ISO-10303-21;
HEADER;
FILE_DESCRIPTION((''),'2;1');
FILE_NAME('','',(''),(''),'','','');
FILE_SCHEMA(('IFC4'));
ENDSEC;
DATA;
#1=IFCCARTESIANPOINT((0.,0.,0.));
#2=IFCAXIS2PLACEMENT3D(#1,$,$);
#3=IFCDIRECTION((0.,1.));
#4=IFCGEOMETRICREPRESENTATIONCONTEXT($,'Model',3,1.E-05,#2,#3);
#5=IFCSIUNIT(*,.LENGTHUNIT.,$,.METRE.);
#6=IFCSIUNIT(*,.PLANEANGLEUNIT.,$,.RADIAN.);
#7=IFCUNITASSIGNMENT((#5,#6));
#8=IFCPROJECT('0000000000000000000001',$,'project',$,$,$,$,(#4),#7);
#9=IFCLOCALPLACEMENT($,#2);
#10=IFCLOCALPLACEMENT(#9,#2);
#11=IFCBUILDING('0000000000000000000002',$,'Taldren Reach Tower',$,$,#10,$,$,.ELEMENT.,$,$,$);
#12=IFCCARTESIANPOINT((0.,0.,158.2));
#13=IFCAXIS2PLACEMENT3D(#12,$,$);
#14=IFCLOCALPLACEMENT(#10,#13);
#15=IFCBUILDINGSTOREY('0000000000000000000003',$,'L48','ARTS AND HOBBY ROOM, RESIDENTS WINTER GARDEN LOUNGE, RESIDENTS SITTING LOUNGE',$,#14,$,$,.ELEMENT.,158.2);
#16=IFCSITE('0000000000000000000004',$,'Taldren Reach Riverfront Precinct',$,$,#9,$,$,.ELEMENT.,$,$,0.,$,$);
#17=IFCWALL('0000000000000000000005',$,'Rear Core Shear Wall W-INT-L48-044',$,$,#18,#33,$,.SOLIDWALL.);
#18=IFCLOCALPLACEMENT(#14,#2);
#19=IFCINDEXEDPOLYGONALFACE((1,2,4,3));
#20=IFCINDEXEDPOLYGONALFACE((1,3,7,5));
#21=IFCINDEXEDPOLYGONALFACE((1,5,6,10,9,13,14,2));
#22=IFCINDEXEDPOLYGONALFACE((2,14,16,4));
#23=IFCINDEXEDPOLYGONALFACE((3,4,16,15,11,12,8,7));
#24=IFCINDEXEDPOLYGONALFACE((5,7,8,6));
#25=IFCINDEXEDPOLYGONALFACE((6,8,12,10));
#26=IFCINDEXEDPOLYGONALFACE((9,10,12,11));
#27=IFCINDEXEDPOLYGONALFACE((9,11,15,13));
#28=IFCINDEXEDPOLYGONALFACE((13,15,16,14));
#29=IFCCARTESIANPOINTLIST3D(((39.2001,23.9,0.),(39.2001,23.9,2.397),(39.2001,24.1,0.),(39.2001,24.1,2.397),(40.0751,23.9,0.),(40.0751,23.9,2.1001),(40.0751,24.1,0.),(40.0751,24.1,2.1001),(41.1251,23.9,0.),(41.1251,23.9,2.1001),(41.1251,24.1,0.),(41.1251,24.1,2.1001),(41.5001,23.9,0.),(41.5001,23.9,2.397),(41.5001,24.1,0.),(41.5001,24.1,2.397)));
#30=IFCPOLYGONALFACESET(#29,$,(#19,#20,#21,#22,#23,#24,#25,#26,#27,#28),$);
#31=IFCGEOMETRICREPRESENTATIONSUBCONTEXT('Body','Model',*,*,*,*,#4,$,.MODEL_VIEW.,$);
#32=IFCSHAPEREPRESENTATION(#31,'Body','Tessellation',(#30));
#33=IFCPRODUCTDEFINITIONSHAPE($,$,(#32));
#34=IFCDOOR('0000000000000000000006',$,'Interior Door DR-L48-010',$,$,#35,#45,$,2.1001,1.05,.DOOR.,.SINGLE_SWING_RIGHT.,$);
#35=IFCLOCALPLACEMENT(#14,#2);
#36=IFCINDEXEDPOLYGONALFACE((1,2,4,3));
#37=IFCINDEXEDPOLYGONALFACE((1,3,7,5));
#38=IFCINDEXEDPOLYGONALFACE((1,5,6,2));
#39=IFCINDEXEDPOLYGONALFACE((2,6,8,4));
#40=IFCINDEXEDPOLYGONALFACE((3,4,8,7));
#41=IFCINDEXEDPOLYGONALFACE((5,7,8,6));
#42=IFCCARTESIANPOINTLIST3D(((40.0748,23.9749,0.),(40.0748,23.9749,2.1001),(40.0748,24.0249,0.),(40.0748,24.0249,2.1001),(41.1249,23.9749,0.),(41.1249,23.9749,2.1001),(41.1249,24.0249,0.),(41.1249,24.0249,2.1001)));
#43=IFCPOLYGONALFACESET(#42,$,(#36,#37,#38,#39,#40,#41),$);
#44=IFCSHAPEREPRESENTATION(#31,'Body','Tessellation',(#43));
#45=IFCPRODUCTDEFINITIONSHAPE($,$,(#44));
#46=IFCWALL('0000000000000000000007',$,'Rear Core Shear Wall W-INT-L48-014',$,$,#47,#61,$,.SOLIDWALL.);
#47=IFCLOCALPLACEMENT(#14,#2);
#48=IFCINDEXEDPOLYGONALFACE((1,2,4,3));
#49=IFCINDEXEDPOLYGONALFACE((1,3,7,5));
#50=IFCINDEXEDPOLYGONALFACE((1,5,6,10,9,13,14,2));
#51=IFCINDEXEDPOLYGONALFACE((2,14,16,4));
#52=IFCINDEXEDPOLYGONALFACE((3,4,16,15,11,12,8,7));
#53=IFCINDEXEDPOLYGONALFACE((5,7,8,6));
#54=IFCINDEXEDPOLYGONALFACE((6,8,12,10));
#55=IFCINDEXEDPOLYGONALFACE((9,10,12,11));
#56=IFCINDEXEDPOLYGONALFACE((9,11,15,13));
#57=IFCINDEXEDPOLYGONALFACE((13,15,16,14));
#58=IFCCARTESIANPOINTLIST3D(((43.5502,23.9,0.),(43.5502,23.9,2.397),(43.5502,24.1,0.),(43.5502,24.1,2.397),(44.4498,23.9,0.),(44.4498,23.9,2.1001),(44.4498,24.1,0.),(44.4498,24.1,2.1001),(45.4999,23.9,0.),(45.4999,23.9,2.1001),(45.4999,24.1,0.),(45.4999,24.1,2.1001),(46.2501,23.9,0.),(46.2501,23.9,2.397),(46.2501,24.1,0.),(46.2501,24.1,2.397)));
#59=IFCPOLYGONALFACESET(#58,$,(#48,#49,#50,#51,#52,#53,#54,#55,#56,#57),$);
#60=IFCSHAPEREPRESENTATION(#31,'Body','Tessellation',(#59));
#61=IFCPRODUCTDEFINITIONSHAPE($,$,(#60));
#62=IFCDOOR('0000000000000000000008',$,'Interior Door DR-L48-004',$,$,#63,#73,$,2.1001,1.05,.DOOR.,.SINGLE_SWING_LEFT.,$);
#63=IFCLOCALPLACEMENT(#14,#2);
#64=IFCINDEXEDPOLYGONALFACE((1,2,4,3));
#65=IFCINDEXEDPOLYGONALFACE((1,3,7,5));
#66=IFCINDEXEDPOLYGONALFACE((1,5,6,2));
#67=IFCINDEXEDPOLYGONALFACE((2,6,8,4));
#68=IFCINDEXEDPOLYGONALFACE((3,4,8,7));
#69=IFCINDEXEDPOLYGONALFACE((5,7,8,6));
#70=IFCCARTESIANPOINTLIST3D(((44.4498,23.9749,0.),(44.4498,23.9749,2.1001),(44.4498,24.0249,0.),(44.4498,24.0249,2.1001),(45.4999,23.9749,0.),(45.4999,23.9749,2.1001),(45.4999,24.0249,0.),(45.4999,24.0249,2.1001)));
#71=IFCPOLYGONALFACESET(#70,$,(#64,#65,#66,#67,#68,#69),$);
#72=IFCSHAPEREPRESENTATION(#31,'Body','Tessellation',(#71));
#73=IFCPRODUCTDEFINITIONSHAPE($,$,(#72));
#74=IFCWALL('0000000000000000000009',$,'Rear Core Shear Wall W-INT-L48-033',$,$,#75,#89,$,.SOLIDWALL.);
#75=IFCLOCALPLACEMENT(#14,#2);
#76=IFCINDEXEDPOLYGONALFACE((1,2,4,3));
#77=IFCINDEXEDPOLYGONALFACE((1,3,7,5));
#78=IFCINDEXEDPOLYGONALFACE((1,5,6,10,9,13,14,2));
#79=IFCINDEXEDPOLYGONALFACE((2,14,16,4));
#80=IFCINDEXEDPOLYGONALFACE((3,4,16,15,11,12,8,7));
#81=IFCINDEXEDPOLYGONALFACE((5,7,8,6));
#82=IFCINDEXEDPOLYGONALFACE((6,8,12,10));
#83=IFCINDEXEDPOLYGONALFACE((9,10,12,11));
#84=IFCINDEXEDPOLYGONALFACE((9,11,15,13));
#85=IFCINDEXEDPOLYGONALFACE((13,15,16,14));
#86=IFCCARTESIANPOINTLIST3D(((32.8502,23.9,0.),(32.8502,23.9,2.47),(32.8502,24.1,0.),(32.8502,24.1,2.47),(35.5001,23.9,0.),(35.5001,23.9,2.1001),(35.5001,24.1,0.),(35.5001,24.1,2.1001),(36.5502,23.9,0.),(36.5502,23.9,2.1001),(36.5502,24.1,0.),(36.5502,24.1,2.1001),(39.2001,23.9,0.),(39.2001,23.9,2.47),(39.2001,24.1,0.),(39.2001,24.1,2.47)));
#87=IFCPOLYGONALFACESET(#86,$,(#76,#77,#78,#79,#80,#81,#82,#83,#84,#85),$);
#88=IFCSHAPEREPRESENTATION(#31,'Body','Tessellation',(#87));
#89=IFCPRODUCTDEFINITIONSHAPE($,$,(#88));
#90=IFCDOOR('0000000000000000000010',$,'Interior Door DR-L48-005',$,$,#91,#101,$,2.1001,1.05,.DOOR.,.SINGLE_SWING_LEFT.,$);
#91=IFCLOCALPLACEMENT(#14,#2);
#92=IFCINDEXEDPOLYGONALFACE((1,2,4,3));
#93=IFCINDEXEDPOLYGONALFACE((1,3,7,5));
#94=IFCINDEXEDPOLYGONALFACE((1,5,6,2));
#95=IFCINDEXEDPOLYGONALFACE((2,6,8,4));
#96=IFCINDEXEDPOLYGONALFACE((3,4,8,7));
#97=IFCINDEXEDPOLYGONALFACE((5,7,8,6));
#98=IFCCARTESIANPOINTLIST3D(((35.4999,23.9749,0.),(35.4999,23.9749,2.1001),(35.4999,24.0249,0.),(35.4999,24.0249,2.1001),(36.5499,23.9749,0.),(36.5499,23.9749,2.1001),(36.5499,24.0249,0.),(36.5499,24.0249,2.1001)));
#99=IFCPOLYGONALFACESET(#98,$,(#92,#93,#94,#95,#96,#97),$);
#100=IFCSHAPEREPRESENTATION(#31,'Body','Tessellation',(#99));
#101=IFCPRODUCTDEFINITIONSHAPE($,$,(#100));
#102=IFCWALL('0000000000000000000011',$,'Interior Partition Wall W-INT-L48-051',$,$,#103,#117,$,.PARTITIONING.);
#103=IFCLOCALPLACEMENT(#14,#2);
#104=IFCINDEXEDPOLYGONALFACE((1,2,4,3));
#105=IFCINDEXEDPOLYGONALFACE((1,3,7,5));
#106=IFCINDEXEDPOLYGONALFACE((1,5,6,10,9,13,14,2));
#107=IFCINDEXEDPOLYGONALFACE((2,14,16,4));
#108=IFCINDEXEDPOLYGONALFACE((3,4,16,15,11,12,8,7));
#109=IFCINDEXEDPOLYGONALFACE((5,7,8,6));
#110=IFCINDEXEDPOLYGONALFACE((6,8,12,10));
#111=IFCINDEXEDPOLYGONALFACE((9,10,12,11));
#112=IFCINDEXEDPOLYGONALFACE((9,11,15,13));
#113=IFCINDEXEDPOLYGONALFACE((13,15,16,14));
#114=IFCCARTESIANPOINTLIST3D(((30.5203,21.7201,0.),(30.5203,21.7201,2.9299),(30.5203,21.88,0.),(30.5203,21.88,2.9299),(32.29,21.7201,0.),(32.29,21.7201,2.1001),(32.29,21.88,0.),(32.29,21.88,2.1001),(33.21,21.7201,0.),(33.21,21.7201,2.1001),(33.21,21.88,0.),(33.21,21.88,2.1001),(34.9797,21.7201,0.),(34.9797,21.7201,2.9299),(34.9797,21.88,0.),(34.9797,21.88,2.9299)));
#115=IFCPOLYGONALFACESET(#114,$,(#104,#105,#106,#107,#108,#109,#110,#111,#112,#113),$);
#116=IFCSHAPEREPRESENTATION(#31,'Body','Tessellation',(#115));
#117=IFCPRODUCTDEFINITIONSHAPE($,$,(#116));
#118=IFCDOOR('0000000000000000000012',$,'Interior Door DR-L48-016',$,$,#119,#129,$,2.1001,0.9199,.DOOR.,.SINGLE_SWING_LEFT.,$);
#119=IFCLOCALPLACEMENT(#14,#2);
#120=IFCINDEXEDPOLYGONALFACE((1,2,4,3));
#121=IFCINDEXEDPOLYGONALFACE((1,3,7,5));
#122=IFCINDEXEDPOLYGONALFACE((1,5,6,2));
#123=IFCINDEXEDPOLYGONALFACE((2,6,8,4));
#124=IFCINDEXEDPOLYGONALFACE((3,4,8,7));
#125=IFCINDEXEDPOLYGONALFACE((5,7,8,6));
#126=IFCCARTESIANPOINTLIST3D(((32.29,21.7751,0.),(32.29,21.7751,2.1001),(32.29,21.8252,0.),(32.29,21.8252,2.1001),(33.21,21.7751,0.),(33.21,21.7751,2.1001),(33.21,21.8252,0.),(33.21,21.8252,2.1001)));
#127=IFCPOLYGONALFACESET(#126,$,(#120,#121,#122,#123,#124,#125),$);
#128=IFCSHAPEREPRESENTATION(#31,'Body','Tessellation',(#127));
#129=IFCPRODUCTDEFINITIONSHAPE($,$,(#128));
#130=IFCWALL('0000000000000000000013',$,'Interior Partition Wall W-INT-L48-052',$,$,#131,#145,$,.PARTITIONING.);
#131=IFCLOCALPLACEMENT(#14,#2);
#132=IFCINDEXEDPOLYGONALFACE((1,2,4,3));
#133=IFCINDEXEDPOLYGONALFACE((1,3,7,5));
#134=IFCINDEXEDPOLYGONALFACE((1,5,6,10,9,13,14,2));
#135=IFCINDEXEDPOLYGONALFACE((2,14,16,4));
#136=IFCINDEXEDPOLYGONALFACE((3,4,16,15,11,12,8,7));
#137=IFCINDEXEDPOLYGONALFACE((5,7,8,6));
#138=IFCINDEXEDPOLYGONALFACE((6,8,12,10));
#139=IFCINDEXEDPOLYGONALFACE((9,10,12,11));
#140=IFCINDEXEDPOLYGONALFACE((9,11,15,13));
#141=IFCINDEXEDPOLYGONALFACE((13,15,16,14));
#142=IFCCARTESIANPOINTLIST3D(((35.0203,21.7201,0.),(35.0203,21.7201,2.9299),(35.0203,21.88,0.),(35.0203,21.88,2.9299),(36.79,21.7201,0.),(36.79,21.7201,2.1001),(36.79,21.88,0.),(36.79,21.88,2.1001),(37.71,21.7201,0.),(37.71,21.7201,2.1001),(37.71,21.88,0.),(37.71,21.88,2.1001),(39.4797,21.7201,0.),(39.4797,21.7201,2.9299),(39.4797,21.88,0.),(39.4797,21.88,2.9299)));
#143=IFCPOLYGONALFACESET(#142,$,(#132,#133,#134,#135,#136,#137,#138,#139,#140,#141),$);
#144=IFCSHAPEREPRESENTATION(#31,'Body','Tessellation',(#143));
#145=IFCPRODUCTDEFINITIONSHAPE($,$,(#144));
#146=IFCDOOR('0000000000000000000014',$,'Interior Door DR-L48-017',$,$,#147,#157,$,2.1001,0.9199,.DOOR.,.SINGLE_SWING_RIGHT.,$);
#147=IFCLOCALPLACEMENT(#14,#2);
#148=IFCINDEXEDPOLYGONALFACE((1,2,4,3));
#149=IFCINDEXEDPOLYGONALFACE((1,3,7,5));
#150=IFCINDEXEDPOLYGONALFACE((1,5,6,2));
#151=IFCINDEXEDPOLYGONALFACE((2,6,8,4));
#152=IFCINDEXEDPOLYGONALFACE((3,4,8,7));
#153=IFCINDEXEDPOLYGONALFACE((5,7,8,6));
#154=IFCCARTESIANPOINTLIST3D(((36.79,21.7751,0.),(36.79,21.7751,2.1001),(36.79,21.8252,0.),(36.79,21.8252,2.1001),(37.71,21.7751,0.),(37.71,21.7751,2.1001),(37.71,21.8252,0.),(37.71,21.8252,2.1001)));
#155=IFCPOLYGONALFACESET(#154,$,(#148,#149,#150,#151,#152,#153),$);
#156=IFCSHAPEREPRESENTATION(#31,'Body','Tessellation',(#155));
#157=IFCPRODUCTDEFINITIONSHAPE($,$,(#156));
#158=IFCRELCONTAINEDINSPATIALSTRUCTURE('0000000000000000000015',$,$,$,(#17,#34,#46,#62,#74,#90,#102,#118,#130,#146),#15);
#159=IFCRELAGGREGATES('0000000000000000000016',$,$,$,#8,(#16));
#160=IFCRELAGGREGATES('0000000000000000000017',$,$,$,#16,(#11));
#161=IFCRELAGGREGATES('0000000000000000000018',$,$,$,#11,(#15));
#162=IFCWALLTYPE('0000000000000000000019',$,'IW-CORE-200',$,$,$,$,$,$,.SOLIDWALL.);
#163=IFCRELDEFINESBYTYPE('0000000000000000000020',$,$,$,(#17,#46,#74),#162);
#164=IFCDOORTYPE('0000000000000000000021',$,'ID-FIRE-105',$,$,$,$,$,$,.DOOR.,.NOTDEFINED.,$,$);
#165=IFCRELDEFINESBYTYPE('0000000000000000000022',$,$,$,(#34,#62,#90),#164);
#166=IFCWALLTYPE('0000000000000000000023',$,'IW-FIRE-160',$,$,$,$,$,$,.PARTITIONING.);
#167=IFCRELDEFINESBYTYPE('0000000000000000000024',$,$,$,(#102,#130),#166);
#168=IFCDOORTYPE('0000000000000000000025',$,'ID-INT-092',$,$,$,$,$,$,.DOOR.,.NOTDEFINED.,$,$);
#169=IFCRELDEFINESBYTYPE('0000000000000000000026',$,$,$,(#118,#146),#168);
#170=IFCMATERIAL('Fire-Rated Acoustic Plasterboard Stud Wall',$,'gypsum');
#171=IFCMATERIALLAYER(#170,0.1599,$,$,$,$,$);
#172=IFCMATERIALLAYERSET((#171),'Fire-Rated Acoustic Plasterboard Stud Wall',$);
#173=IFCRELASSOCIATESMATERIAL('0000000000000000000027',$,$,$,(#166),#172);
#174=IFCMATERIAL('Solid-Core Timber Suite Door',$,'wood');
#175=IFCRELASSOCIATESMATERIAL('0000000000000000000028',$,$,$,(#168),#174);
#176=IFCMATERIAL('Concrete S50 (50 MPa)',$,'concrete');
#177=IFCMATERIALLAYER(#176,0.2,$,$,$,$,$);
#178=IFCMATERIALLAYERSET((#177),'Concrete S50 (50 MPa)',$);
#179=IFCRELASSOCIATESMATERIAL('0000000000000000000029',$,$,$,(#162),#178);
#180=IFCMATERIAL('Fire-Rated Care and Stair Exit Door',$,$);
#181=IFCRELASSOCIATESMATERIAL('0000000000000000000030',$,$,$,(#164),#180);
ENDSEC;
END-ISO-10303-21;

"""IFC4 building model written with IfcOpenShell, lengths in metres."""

from ifc_helpers import new_model, si_unit, direction, frame, frame_2d, origin, place, context, subcontext, project, spatial, rectangle, extrude, source, transform, mapped, material, layer, layer_set, type_object, element, fill, save


model = new_model("IFC4")

# Units and contexts
model_context = context("Model", 3, precision=1e-05, world=origin(), true_north=direction((0.0, 1.0)))
body_context = subcontext(model_context, "Body", "Model", "MODEL_VIEW")
ifc_project = project(units=[si_unit("LENGTHUNIT", "METRE"), si_unit("PLANEANGLEUNIT", "RADIAN")], contexts=[model_context])

# Site, building, storey
site_placement = place(None, origin())
site = spatial("IfcSite", under=ifc_project, at=site_placement, Name="Taldren Reach Riverfront Precinct", CompositionType="ELEMENT", RefElevation=0.0)
building_placement = place(site_placement, origin())
building = spatial("IfcBuilding", under=site, at=building_placement, Name="Taldren Reach Tower", CompositionType="ELEMENT")
storey_placement = place(building_placement, frame((0.0, 0.0, 158.2)))
storey = spatial("IfcBuildingStorey", under=building, at=storey_placement, Name="L48", Description="ARTS AND HOBBY ROOM, RESIDENTS WINTER GARDEN LOUNGE, RESIDENTS SITTING LOUNGE", CompositionType="ELEMENT", Elevation=158.2)

# Walls, openings, doors
ifc_material_1 = material(Name="Fire-Rated Acoustic Plasterboard Stud Wall", Category="gypsum")
ifc_layer_1 = layer(ifc_material_1, 0.1599)
ifc_layer_set_1 = layer_set([ifc_layer_1], Name="Fire-Rated Acoustic Plasterboard Stud Wall")
wall_type_1 = type_object("IfcWallType", Name="IW-FIRE-160", PredefinedType="PARTITIONING", material=ifc_layer_set_1)
shared_shape_1 = source(origin(), body_context, "Body", "SweptSolid", [
    extrude(rectangle(XDim=0.9199, YDim=2.1001, at=frame_2d((0.46, 1.05))), frame((0.0, 0.0898, 0.0), z_axis=(0.0, -1.0, 0.0), x_axis=(1.0, 0.0, 0.0)), (0.0, 0.0, 1.0), 0.1799),
])
ifc_material_2 = material(Name="Solid-Core Timber Suite Door", Category="wood")
door_type_1 = type_object("IfcDoorType", Name="ID-INT-092", OperationType="NOTDEFINED", PredefinedType="DOOR", material=ifc_material_2)
shared_shape_2 = source(origin(), body_context, "Body", "SweptSolid", [
    extrude(rectangle(XDim=0.9199, YDim=2.1001, at=frame_2d((0.46, 1.05))), frame((0.0, 0.0249, 0.0), z_axis=(0.0, -1.0, 0.0), x_axis=(1.0, 0.0, 0.0)), (0.0, 0.0, 1.0), 0.05),
])
ifc_material_3 = material(Name="Concrete S50 (50 MPa)", Category="concrete")
ifc_layer_2 = layer(ifc_material_3, 0.2)
ifc_layer_set_2 = layer_set([ifc_layer_2], Name="Concrete S50 (50 MPa)")
wall_type_2 = type_object("IfcWallType", Name="IW-CORE-200", PredefinedType="SOLIDWALL", material=ifc_layer_set_2)
shared_shape_3 = source(origin(), body_context, "Body", "SweptSolid", [
    extrude(rectangle(XDim=2.3, YDim=0.2, at=frame_2d((1.1499, 0.0))), origin(), (0.0, 0.0, 1.0), 2.397),
])
wall_1_placement = place(storey_placement, frame((41.5, 24.0, 0.0), z_axis=(0.0, 0.0, 1.0), x_axis=(-1.0, 0.0, 0.0)))
wall_1 = element("IfcWall", 1, at=wall_1_placement, inside=storey, type_object=wall_type_2, Name="Rear Core Shear Wall W-INT-L48-044", PredefinedType="SOLIDWALL", context=body_context, shape_type="MappedRepresentation", body=[
    mapped(shared_shape_3, transform((0.0, 0.0, 0.0), scale=1.0)),
])
shared_shape_4 = source(origin(), body_context, "Body", "SweptSolid", [
    extrude(rectangle(XDim=1.05, YDim=2.1001, at=frame_2d((0.5249, 1.05))), frame((0.0, 0.1099, 0.0), z_axis=(0.0, -1.0, 0.0), x_axis=(1.0, 0.0, 0.0)), (0.0, 0.0, 1.0), 0.22),
])
opening_1_placement = place(wall_1_placement, frame((0.375, 0.0, 0.0)))
opening_1 = element("IfcOpeningElement", 2, at=opening_1_placement, cuts=wall_1, PredefinedType="OPENING", context=body_context, shape_type="MappedRepresentation", body=[
    mapped(shared_shape_4, transform((0.0, 0.0, 0.0), scale=1.0)),
])
ifc_material_4 = material(Name="Fire-Rated Care and Stair Exit Door")
door_type_2 = type_object("IfcDoorType", Name="ID-FIRE-105", OperationType="NOTDEFINED", PredefinedType="DOOR", material=ifc_material_4)
shared_shape_5 = source(origin(), body_context, "Body", "SweptSolid", [
    extrude(rectangle(XDim=1.05, YDim=2.1001, at=frame_2d((0.5249, 1.05))), frame((0.0, 0.0249, 0.0), z_axis=(0.0, -1.0, 0.0), x_axis=(1.0, 0.0, 0.0)), (0.0, 0.0, 1.0), 0.05),
])
door_1_placement = place(opening_1_placement, frame((1.05, 0.0, 0.0), z_axis=(0.0, 0.0, 1.0), x_axis=(-1.0, 0.0, 0.0)))
door_1 = element("IfcDoor", 3, at=door_1_placement, inside=storey, type_object=door_type_2, Name="Interior Door DR-L48-010", OperationType="SINGLE_SWING_RIGHT", OverallHeight=2.1001, OverallWidth=1.05, PredefinedType="DOOR", context=body_context, shape_type="MappedRepresentation", body=[
    mapped(shared_shape_5, transform((0.0, 0.0, 0.0), scale=1.0)),
])
fill(opening_1, door_1)
shared_shape_6 = source(origin(), body_context, "Body", "SweptSolid", [
    extrude(rectangle(XDim=2.7, YDim=0.2, at=frame_2d((1.3501, 0.0))), origin(), (0.0, 0.0, 1.0), 2.397),
])
wall_2_placement = place(storey_placement, frame((43.55, 24.0, 0.0), z_axis=(0.0, 0.0, 1.0), x_axis=(1.0, 0.0, 0.0)))
wall_2 = element("IfcWall", 4, at=wall_2_placement, inside=storey, type_object=wall_type_2, Name="Rear Core Shear Wall W-INT-L48-014", PredefinedType="SOLIDWALL", context=body_context, shape_type="MappedRepresentation", body=[
    mapped(shared_shape_6, transform((0.0, 0.0, 0.0), scale=1.0)),
])
opening_2_placement = place(wall_2_placement, frame((0.8999, 0.0, 0.0)))
opening_2 = element("IfcOpeningElement", 5, at=opening_2_placement, cuts=wall_2, PredefinedType="OPENING", context=body_context, shape_type="MappedRepresentation", body=[
    mapped(shared_shape_4, transform((0.0, 0.0, 0.0), scale=1.0)),
])
door_2_placement = place(opening_2_placement, origin())
door_2 = element("IfcDoor", 6, at=door_2_placement, inside=storey, type_object=door_type_2, Name="Interior Door DR-L48-004", OperationType="SINGLE_SWING_LEFT", OverallHeight=2.1001, OverallWidth=1.05, PredefinedType="DOOR", context=body_context, shape_type="MappedRepresentation", body=[
    mapped(shared_shape_5, transform((0.0, 0.0, 0.0), scale=1.0)),
])
fill(opening_2, door_2)
shared_shape_7 = source(origin(), body_context, "Body", "SweptSolid", [
    extrude(rectangle(XDim=6.3499, YDim=0.2, at=frame_2d((3.1748, 0.0))), origin(), (0.0, 0.0, 1.0), 2.47),
])
wall_3_placement = place(storey_placement, frame((39.2, 24.0, 0.0), z_axis=(0.0, 0.0, 1.0), x_axis=(-1.0, 0.0, 0.0)))
wall_3 = element("IfcWall", 7, at=wall_3_placement, inside=storey, type_object=wall_type_2, Name="Rear Core Shear Wall W-INT-L48-033", PredefinedType="SOLIDWALL", context=body_context, shape_type="MappedRepresentation", body=[
    mapped(shared_shape_7, transform((0.0, 0.0, 0.0), scale=1.0)),
])
opening_3_placement = place(wall_3_placement, frame((2.6499, 0.0, 0.0)))
opening_3 = element("IfcOpeningElement", 8, at=opening_3_placement, cuts=wall_3, PredefinedType="OPENING", context=body_context, shape_type="MappedRepresentation", body=[
    mapped(shared_shape_4, transform((0.0, 0.0, 0.0), scale=1.0)),
])
door_3_placement = place(opening_3_placement, frame((1.05, 0.0, 0.0), z_axis=(0.0, 0.0, 1.0), x_axis=(-1.0, 0.0, 0.0)))
door_3 = element("IfcDoor", 9, at=door_3_placement, inside=storey, type_object=door_type_2, Name="Interior Door DR-L48-005", OperationType="SINGLE_SWING_LEFT", OverallHeight=2.1001, OverallWidth=1.05, PredefinedType="DOOR", context=body_context, shape_type="MappedRepresentation", body=[
    mapped(shared_shape_5, transform((0.0, 0.0, 0.0), scale=1.0)),
])
fill(opening_3, door_3)
shared_shape_8 = source(origin(), body_context, "Body", "SweptSolid", [
    extrude(rectangle(XDim=4.4595, YDim=0.1599, at=frame_2d((2.2297, 0.0))), origin(), (0.0, 0.0, 1.0), 2.9299),
])
wall_4_placement = place(storey_placement, frame((34.9797, 21.8, 0.0), z_axis=(0.0, 0.0, 1.0), x_axis=(-1.0, 0.0, 0.0)))
wall_4 = element("IfcWall", 10, at=wall_4_placement, inside=storey, type_object=wall_type_1, Name="Interior Partition Wall W-INT-L48-051", PredefinedType="PARTITIONING", context=body_context, shape_type="MappedRepresentation", body=[
    mapped(shared_shape_8, transform((0.0, 0.0, 0.0), scale=1.0)),
])
opening_4_placement = place(wall_4_placement, frame((1.7698, 0.0, 0.0)))
opening_4 = element("IfcOpeningElement", 11, at=opening_4_placement, cuts=wall_4, PredefinedType="OPENING", context=body_context, shape_type="MappedRepresentation", body=[
    mapped(shared_shape_1, transform((0.0, 0.0, 0.0), scale=1.0)),
])
door_4_placement = place(opening_4_placement, origin())
door_4 = element("IfcDoor", 12, at=door_4_placement, inside=storey, type_object=door_type_1, Name="Interior Door DR-L48-016", OperationType="SINGLE_SWING_LEFT", OverallHeight=2.1001, OverallWidth=0.9199, PredefinedType="DOOR", context=body_context, shape_type="MappedRepresentation", body=[
    mapped(shared_shape_2, transform((0.0, 0.0, 0.0), scale=1.0)),
])
fill(opening_4, door_4)
wall_5_placement = place(storey_placement, frame((39.4797, 21.8, 0.0), z_axis=(0.0, 0.0, 1.0), x_axis=(-1.0, 0.0, 0.0)))
wall_5 = element("IfcWall", 13, at=wall_5_placement, inside=storey, type_object=wall_type_1, Name="Interior Partition Wall W-INT-L48-052", PredefinedType="PARTITIONING", context=body_context, shape_type="MappedRepresentation", body=[
    mapped(shared_shape_8, transform((0.0, 0.0, 0.0), scale=1.0)),
])
opening_5_placement = place(wall_5_placement, frame((1.7698, 0.0, 0.0)))
opening_5 = element("IfcOpeningElement", 14, at=opening_5_placement, cuts=wall_5, PredefinedType="OPENING", context=body_context, shape_type="MappedRepresentation", body=[
    mapped(shared_shape_1, transform((0.0, 0.0, 0.0), scale=1.0)),
])
door_5_placement = place(opening_5_placement, origin())
door_5 = element("IfcDoor", 15, at=door_5_placement, inside=storey, type_object=door_type_1, Name="Interior Door DR-L48-017", OperationType="SINGLE_SWING_RIGHT", OverallHeight=2.1001, OverallWidth=0.9199, PredefinedType="DOOR", context=body_context, shape_type="MappedRepresentation", body=[
    mapped(shared_shape_2, transform((0.0, 0.0, 0.0), scale=1.0)),
])
fill(opening_5, door_5)

save(model, "model.ifc")
